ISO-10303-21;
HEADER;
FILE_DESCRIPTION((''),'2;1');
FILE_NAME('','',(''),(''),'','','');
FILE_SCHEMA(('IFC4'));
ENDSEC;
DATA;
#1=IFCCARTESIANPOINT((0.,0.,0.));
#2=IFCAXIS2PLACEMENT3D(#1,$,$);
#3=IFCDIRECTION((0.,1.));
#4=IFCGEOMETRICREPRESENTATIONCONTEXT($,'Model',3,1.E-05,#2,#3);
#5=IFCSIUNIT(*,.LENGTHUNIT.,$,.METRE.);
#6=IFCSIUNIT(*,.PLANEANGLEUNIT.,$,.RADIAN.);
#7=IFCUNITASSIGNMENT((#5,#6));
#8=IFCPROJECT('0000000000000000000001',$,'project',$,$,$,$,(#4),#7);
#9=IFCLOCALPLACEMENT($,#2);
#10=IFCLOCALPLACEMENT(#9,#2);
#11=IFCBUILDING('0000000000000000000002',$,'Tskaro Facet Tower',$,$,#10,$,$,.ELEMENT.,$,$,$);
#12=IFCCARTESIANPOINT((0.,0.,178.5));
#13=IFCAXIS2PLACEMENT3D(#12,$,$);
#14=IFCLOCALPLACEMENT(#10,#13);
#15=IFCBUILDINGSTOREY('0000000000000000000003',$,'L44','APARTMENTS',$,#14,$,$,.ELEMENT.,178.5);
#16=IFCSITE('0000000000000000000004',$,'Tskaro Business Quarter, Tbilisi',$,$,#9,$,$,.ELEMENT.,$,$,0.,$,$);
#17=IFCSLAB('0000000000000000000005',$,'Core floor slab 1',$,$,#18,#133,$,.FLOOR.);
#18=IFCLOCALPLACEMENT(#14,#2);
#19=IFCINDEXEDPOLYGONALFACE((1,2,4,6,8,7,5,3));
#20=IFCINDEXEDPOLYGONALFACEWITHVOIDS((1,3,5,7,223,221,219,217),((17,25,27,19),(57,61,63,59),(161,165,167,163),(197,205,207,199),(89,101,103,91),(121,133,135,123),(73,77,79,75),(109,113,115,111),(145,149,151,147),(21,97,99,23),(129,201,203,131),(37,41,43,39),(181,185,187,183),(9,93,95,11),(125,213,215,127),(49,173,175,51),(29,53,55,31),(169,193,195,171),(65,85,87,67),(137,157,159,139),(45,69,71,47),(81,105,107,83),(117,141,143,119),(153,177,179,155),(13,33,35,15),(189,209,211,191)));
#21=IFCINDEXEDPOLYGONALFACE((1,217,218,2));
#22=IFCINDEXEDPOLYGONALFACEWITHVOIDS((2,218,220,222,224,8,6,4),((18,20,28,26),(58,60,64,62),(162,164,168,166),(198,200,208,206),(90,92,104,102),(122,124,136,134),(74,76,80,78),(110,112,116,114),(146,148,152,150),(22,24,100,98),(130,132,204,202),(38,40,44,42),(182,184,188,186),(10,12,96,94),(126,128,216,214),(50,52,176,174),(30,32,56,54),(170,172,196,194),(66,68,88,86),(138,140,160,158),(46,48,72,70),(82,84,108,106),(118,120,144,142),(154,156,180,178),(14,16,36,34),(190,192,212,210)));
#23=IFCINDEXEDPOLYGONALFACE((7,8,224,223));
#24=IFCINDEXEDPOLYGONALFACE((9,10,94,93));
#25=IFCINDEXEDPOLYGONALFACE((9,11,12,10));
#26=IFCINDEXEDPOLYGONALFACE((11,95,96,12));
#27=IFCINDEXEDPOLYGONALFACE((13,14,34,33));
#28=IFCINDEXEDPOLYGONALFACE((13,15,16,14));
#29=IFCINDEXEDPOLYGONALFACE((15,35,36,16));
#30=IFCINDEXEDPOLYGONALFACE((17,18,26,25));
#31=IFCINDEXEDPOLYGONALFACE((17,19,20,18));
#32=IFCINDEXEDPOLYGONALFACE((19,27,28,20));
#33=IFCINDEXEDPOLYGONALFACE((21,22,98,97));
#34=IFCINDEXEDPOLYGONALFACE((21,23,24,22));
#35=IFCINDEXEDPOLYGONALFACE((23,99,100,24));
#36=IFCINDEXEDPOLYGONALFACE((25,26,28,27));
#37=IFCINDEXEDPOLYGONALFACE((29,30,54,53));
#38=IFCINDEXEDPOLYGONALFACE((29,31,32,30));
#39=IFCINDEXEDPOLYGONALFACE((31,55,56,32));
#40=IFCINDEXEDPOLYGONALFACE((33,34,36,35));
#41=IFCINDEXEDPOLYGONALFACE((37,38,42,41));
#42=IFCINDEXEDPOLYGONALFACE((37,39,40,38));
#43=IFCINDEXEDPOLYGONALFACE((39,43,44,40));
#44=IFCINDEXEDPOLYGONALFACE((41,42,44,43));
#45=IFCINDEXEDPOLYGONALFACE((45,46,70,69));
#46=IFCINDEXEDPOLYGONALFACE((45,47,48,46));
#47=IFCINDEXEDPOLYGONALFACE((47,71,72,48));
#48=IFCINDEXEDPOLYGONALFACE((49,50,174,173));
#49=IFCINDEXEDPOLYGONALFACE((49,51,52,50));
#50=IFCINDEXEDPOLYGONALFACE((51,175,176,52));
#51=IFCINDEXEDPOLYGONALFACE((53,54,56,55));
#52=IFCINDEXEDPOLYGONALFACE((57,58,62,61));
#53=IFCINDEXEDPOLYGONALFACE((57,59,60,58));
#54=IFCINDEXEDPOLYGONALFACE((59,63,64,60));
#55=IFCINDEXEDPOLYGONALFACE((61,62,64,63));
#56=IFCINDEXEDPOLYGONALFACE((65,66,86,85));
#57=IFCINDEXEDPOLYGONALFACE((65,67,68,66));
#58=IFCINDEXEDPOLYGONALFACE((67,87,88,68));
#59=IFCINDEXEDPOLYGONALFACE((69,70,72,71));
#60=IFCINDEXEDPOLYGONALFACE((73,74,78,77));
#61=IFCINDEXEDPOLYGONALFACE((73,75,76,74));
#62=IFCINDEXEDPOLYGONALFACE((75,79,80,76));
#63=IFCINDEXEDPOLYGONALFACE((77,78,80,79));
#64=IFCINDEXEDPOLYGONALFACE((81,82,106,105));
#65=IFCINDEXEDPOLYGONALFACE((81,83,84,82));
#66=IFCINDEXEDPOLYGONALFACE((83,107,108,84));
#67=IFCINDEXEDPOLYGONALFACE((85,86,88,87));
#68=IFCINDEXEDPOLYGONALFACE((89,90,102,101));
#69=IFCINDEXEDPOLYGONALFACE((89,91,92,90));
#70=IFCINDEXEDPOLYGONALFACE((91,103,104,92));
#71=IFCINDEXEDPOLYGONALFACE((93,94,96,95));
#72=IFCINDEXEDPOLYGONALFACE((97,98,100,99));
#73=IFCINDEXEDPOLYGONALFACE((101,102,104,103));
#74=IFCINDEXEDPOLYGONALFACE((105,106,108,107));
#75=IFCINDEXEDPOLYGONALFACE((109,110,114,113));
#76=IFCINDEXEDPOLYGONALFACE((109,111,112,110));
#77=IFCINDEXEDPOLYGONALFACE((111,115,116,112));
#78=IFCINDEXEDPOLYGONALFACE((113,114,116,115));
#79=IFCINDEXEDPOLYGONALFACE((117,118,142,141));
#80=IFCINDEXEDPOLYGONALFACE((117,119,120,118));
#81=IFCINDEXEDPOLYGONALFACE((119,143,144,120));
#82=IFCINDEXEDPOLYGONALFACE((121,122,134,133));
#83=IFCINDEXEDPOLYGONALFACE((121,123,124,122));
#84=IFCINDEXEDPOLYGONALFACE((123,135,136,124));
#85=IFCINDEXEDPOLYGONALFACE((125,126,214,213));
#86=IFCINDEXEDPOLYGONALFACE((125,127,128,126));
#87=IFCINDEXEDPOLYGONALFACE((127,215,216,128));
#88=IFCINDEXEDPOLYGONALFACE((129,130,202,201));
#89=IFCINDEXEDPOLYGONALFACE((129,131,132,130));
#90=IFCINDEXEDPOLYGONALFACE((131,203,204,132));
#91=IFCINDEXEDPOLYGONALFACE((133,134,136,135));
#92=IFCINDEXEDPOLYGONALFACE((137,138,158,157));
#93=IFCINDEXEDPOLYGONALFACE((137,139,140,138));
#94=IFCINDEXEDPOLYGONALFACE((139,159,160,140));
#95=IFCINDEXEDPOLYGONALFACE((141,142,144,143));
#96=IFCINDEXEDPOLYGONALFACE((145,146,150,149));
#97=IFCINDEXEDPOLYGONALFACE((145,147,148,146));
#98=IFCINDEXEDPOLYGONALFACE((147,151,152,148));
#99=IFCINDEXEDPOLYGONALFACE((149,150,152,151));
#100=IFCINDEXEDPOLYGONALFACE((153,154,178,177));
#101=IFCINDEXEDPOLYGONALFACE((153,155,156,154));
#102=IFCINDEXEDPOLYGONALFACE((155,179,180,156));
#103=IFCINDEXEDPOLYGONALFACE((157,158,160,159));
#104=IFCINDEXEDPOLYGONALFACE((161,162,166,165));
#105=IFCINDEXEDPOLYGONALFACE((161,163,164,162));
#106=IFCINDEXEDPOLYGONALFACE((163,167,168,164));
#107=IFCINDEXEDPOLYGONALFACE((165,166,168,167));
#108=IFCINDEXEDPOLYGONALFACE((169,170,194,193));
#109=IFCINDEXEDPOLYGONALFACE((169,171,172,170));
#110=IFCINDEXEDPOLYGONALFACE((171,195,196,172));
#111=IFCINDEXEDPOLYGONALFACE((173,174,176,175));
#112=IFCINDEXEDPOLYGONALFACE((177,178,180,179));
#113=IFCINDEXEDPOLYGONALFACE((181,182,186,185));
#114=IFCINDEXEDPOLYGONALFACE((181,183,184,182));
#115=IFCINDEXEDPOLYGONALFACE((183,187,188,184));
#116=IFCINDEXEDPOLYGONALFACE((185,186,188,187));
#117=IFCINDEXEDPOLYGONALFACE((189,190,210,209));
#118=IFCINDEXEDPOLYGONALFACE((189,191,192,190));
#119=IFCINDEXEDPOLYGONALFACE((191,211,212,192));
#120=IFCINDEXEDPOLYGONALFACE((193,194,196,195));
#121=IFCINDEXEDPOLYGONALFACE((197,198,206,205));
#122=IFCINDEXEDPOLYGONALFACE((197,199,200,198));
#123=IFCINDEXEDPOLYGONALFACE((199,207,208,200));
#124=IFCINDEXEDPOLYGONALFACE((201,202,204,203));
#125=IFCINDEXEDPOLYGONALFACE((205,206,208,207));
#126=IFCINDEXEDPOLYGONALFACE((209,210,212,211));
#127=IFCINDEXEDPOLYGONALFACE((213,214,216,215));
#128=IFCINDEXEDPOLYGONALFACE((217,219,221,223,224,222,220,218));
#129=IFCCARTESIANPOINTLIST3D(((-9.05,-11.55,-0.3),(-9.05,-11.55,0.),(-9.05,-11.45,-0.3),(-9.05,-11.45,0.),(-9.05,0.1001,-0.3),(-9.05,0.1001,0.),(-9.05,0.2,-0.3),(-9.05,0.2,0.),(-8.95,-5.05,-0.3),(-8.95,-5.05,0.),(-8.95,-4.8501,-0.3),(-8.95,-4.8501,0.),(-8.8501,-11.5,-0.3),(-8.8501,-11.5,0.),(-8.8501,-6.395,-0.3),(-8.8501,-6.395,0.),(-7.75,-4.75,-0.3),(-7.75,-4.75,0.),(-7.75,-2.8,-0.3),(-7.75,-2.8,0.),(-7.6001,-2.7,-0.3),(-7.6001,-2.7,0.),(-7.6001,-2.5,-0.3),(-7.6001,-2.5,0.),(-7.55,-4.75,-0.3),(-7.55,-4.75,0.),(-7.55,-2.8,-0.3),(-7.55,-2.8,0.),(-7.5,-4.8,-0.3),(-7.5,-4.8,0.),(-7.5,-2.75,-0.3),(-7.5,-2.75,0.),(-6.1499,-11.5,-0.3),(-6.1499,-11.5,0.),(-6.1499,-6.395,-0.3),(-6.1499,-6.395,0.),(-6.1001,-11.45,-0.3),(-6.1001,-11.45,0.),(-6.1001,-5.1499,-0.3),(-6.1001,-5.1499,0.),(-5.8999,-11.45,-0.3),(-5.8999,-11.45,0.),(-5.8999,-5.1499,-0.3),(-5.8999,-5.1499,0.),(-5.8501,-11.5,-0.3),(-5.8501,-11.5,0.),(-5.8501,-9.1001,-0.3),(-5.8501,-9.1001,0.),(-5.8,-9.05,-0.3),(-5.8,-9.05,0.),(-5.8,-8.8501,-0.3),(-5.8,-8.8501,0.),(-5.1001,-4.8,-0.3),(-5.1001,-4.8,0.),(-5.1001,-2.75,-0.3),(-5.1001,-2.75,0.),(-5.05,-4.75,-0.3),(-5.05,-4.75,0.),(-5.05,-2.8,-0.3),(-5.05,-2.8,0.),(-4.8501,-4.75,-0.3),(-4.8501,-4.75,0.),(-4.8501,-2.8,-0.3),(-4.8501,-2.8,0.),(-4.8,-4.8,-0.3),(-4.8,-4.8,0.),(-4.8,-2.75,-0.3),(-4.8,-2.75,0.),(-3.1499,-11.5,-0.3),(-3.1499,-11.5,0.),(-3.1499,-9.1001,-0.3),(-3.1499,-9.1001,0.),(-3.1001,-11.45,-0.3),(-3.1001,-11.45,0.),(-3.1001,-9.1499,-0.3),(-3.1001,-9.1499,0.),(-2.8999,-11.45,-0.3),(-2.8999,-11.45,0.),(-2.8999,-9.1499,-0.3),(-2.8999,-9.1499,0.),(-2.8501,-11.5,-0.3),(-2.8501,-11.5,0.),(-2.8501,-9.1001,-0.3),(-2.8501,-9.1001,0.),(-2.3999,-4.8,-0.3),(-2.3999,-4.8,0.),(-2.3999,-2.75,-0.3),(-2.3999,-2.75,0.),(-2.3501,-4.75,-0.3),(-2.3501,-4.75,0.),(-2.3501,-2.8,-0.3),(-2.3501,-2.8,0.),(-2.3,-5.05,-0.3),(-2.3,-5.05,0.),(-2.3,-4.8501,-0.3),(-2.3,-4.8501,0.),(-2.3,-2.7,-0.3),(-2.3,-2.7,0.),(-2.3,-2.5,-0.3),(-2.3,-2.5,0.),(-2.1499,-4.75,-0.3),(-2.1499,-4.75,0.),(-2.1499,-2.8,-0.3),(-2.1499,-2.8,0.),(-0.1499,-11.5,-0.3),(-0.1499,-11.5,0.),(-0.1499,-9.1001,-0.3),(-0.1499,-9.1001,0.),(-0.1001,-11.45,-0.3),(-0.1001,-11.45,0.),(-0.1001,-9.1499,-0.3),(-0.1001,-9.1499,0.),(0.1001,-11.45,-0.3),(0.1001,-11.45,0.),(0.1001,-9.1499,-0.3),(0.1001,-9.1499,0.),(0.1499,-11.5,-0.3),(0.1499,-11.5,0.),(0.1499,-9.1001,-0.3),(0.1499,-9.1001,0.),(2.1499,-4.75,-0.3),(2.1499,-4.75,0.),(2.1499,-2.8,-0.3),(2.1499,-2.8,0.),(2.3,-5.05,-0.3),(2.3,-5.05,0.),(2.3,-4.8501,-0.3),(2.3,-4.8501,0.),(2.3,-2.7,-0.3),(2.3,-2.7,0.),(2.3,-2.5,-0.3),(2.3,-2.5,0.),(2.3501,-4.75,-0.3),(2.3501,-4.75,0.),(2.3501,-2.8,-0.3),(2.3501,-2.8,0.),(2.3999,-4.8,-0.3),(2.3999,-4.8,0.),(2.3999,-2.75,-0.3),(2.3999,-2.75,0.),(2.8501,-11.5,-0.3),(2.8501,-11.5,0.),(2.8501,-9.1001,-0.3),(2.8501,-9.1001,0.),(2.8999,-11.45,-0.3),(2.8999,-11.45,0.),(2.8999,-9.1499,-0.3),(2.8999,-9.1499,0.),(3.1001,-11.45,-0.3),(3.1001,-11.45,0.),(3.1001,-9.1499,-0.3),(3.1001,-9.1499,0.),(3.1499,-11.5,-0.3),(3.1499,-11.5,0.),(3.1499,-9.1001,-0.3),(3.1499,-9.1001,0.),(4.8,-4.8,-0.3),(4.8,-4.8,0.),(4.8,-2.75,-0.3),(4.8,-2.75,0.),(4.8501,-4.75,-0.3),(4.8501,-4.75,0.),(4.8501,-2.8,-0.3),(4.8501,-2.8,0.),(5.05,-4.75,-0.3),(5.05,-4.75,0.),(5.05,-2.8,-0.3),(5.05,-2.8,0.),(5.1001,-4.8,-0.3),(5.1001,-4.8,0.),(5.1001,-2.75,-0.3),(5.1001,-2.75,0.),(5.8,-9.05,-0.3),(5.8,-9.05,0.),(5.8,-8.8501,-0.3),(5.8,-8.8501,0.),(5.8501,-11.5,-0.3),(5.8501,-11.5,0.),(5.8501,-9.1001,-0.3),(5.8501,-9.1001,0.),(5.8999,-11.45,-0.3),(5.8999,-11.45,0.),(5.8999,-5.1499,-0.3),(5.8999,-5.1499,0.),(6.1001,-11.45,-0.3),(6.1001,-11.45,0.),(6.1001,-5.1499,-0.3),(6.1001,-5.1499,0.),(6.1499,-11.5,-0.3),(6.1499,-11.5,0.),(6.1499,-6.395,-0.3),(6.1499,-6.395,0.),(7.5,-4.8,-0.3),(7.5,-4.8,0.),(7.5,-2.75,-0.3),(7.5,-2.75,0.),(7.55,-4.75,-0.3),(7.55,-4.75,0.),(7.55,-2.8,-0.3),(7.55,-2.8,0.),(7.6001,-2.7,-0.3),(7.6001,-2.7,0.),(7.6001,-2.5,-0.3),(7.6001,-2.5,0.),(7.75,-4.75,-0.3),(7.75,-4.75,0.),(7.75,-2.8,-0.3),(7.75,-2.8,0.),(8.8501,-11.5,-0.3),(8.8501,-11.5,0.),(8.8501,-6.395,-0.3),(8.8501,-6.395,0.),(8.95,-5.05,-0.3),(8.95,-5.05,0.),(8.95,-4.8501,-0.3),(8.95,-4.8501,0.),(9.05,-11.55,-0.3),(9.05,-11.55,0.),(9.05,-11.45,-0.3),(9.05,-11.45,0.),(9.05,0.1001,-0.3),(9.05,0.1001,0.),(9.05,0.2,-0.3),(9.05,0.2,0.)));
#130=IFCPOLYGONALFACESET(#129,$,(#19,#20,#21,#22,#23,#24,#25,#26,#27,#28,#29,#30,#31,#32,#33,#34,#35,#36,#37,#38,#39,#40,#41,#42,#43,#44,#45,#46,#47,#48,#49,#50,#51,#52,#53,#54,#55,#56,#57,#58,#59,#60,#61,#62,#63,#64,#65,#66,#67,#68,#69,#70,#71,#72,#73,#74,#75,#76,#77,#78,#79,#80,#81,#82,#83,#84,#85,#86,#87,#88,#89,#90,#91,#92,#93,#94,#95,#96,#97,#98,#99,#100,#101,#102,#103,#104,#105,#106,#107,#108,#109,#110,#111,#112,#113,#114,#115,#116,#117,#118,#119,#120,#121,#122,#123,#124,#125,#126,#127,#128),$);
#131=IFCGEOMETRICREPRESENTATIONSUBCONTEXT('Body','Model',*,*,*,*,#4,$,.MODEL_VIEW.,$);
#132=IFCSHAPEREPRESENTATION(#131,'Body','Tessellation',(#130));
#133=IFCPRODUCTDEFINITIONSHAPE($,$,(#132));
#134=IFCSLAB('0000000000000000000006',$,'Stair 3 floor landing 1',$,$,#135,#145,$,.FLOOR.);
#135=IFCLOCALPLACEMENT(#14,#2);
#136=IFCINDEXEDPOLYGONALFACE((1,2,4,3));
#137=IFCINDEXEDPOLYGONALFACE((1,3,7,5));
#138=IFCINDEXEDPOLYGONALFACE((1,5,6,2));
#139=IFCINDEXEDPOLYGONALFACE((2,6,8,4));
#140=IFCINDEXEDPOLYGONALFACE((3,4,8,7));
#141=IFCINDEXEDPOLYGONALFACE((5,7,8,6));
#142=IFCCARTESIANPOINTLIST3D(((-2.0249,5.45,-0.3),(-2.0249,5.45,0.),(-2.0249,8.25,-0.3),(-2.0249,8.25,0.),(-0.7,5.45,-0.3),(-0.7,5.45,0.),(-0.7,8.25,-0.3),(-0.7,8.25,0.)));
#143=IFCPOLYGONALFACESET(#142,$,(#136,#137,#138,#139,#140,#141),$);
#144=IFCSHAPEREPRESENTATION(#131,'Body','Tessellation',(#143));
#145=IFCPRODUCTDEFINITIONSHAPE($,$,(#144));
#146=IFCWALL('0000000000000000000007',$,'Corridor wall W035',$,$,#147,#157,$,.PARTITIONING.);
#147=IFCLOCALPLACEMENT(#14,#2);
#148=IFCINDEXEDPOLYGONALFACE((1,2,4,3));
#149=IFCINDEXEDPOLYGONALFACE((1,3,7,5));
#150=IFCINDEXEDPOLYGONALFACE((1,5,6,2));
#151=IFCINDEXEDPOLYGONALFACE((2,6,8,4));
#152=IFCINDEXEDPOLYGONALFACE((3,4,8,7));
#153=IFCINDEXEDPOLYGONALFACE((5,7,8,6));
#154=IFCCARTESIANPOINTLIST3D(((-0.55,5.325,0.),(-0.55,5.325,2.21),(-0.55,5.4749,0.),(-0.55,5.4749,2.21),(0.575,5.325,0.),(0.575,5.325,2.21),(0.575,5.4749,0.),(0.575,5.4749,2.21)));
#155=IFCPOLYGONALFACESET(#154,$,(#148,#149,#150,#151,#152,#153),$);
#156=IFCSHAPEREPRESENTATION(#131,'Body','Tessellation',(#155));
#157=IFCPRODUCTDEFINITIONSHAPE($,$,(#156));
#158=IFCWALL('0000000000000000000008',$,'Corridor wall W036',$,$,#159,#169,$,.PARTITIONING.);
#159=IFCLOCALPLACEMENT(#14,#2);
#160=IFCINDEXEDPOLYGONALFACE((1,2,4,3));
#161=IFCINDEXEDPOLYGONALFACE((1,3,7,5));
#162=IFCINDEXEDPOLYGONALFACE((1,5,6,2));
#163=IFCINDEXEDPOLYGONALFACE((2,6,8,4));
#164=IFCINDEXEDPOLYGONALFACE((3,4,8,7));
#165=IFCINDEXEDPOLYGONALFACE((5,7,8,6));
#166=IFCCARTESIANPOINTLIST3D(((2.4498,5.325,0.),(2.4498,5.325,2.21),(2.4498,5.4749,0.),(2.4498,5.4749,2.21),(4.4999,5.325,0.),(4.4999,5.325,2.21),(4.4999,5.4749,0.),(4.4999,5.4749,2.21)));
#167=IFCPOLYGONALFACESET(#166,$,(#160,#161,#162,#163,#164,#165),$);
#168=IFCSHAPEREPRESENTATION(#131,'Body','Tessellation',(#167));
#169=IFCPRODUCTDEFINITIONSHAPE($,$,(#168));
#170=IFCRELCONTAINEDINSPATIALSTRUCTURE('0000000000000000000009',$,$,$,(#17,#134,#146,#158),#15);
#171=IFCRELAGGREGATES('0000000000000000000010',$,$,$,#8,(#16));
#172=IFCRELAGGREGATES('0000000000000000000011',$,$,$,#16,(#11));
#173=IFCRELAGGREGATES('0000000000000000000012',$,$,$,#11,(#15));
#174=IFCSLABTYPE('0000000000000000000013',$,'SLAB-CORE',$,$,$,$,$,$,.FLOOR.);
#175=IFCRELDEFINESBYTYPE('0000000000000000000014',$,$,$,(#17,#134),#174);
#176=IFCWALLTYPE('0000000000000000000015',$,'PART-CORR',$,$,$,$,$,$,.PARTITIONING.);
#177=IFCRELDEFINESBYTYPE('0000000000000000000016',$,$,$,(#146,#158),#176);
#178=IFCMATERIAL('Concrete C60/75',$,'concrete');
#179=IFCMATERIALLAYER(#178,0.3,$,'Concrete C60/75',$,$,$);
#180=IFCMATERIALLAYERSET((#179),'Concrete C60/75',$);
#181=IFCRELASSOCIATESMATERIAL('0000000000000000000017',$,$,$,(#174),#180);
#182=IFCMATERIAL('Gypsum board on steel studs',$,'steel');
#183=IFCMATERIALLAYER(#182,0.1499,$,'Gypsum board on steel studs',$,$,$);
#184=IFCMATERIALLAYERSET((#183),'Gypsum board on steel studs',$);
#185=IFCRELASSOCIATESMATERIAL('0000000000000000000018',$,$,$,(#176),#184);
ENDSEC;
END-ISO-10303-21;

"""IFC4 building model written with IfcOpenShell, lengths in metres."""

from ifc_helpers import new_model, si_unit, direction, frame, frame_2d, origin, place, context, subcontext, project, spatial, polyline, rectangle, outline, extrude, material, layer, layer_set, type_object, element, save


model = new_model("IFC4")

# Units and contexts
model_context = context("Model", 3, precision=1e-05, world=origin(), true_north=direction((0.0, 1.0)))
body_context = subcontext(model_context, "Body", "Model", "MODEL_VIEW")
ifc_project = project(units=[si_unit("LENGTHUNIT", "METRE"), si_unit("PLANEANGLEUNIT", "RADIAN")], contexts=[model_context])

# Site, building, storey
site_placement = place(None, origin())
site = spatial("IfcSite", under=ifc_project, at=site_placement, Name="Tskaro Business Quarter, Tbilisi", CompositionType="ELEMENT", RefElevation=0.0)
building_placement = place(site_placement, origin())
building = spatial("IfcBuilding", under=site, at=building_placement, Name="Tskaro Facet Tower", CompositionType="ELEMENT")
storey_placement = place(building_placement, frame((0.0, 0.0, 178.5)))
storey = spatial("IfcBuildingStorey", under=building, at=storey_placement, Name="L44", Description="APARTMENTS", CompositionType="ELEMENT", Elevation=178.5)

# Slabs
ifc_material_1 = material(Name="Concrete C60/75", Category="concrete")
ifc_layer_1 = layer(ifc_material_1, 0.3, Name="Concrete C60/75")
ifc_layer_set_1 = layer_set([ifc_layer_1], Name="Concrete C60/75")
slab_type_1 = type_object("IfcSlabType", Name="SLAB-CORE", PredefinedType="FLOOR", material=ifc_layer_set_1)
slab_1_placement = place(storey_placement, frame((0.0, 0.0, -0.3)))
element("IfcSlab", 1, at=slab_1_placement, inside=storey, type_object=slab_type_1, Name="Core floor slab 1", PredefinedType="FLOOR", context=body_context, shape_type="SweptSolid", body=[
    extrude(outline(polyline([(-9.05, 0.2), (9.05, 0.2), (9.05, 0.1001), (9.05, -11.45), (9.05, -11.55), (-9.05, -11.55), (-9.05, -11.45), (-9.05, 0.1001), (-9.05, 0.2)]), holes=[polyline([(-5.8501, -9.1001), (-5.8501, -11.5), (-3.1499, -11.5), (-3.1499, -9.1001), (-5.8501, -9.1001)]), polyline([(-3.1001, -11.45), (-2.8999, -11.45), (-2.8999, -9.1499), (-3.1001, -9.1499), (-3.1001, -11.45)]), polyline([(-2.8501, -9.1001), (-2.8501, -11.5), (-0.1499, -11.5), (-0.1499, -9.1001), (-2.8501, -9.1001)]), polyline([(-6.1001, -11.45), (-5.8999, -11.45), (-5.8999, -5.1499), (-6.1001, -5.1499), (-6.1001, -11.45)]), polyline([(-8.95, -5.05), (-2.3, -5.05), (-2.3, -4.8501), (-8.95, -4.8501), (-8.95, -5.05)]), polyline([(-7.75, -4.75), (-7.55, -4.75), (-7.55, -2.8), (-7.75, -2.8), (-7.75, -4.75)]), polyline([(-5.1001, -2.75), (-7.5, -2.75), (-7.5, -4.8), (-5.1001, -4.8), (-5.1001, -2.75)]), polyline([(-5.05, -4.75), (-4.8501, -4.75), (-4.8501, -2.8), (-5.05, -2.8), (-5.05, -4.75)]), polyline([(-2.3999, -2.75), (-4.8, -2.75), (-4.8, -4.8), (-2.3999, -4.8), (-2.3999, -2.75)]), polyline([(-2.3501, -4.75), (-2.1499, -4.75), (-2.1499, -2.8), (-2.3501, -2.8), (-2.3501, -4.75)]), polyline([(-7.6001, -2.7), (-2.3, -2.7), (-2.3, -2.5), (-7.6001, -2.5), (-7.6001, -2.7)]), polyline([(-0.1001, -11.45), (0.1001, -11.45), (0.1001, -9.1499), (-0.1001, -9.1499), (-0.1001, -11.45)]), polyline([(0.1499, -9.1001), (0.1499, -11.5), (2.8501, -11.5), (2.8501, -9.1001), (0.1499, -9.1001)]), polyline([(2.8999, -11.45), (3.1001, -11.45), (3.1001, -9.1499), (2.8999, -9.1499), (2.8999, -11.45)]), polyline([(3.1499, -9.1001), (3.1499, -11.5), (5.8501, -11.5), (5.8501, -9.1001), (3.1499, -9.1001)]), polyline([(-5.8, -9.05), (5.8, -9.05), (5.8, -8.8501), (-5.8, -8.8501), (-5.8, -9.05)]), polyline([(5.8999, -11.45), (6.1001, -11.45), (6.1001, -5.1499), (5.8999, -5.1499), (5.8999, -11.45)]), polyline([(2.3, -5.05), (8.95, -5.05), (8.95, -4.8501), (2.3, -4.8501), (2.3, -5.05)]), polyline([(2.1499, -4.75), (2.3501, -4.75), (2.3501, -2.8), (2.1499, -2.8), (2.1499, -4.75)]), polyline([(2.3999, -2.75), (2.3999, -4.8), (4.8, -4.8), (4.8, -2.75), (2.3999, -2.75)]), polyline([(4.8501, -4.75), (5.05, -4.75), (5.05, -2.8), (4.8501, -2.8), (4.8501, -4.75)]), polyline([(7.5, -2.75), (5.1001, -2.75), (5.1001, -4.8), (7.5, -4.8), (7.5, -2.75)]), polyline([(7.55, -4.75), (7.75, -4.75), (7.75, -2.8), (7.55, -2.8), (7.55, -4.75)]), polyline([(2.3, -2.7), (7.6001, -2.7), (7.6001, -2.5), (2.3, -2.5), (2.3, -2.7)]), polyline([(-8.8501, -11.5), (-6.1499, -11.5), (-6.1499, -6.395), (-8.8501, -6.395), (-8.8501, -11.5)]), polyline([(6.1499, -6.395), (6.1499, -11.5), (8.8501, -11.5), (8.8501, -6.395), (6.1499, -6.395)])]), origin(), (0.0, 0.0, 1.0), 0.3),
])
slab_2_placement = place(storey_placement, frame((0.0, 0.0, -0.3)))
element("IfcSlab", 2, at=slab_2_placement, inside=storey, type_object=slab_type_1, Name="Stair 3 floor landing 1", PredefinedType="FLOOR", context=body_context, shape_type="SweptSolid", body=[
    extrude(outline(polyline([(-2.0249, 5.45), (-0.7, 5.45), (-0.7, 8.25), (-2.0249, 8.25), (-2.0249, 5.45)])), origin(), (0.0, 0.0, 1.0), 0.3),
])

# Walls
ifc_material_2 = material(Name="Gypsum board on steel studs", Category="steel")
ifc_layer_2 = layer(ifc_material_2, 0.1499, Name="Gypsum board on steel studs")
ifc_layer_set_2 = layer_set([ifc_layer_2], Name="Gypsum board on steel studs")
wall_type_1 = type_object("IfcWallType", Name="PART-CORR", PredefinedType="PARTITIONING", material=ifc_layer_set_2)
wall_1_placement = place(storey_placement, frame((-0.55, 5.3999, 0.0), z_axis=(0.0, 0.0, 1.0), x_axis=(1.0, 0.0, 0.0)))
element("IfcWall", 3, at=wall_1_placement, inside=storey, type_object=wall_type_1, Name="Corridor wall W035", PredefinedType="PARTITIONING", context=body_context, shape_type="SweptSolid", body=[
    extrude(rectangle(XDim=1.125, YDim=0.1499, at=frame_2d((0.5625, 0.0))), origin(), (0.0, 0.0, 1.0), 2.21),
])
wall_2_placement = place(storey_placement, frame((2.45, 5.3999, 0.0), z_axis=(0.0, 0.0, 1.0), x_axis=(1.0, 0.0, 0.0)))
element("IfcWall", 4, at=wall_2_placement, inside=storey, type_object=wall_type_1, Name="Corridor wall W036", PredefinedType="PARTITIONING", context=body_context, shape_type="SweptSolid", body=[
    extrude(rectangle(XDim=2.05, YDim=0.1499, at=frame_2d((1.0249, 0.0))), origin(), (0.0, 0.0, 1.0), 2.21),
])

save(model, "model.ifc")
